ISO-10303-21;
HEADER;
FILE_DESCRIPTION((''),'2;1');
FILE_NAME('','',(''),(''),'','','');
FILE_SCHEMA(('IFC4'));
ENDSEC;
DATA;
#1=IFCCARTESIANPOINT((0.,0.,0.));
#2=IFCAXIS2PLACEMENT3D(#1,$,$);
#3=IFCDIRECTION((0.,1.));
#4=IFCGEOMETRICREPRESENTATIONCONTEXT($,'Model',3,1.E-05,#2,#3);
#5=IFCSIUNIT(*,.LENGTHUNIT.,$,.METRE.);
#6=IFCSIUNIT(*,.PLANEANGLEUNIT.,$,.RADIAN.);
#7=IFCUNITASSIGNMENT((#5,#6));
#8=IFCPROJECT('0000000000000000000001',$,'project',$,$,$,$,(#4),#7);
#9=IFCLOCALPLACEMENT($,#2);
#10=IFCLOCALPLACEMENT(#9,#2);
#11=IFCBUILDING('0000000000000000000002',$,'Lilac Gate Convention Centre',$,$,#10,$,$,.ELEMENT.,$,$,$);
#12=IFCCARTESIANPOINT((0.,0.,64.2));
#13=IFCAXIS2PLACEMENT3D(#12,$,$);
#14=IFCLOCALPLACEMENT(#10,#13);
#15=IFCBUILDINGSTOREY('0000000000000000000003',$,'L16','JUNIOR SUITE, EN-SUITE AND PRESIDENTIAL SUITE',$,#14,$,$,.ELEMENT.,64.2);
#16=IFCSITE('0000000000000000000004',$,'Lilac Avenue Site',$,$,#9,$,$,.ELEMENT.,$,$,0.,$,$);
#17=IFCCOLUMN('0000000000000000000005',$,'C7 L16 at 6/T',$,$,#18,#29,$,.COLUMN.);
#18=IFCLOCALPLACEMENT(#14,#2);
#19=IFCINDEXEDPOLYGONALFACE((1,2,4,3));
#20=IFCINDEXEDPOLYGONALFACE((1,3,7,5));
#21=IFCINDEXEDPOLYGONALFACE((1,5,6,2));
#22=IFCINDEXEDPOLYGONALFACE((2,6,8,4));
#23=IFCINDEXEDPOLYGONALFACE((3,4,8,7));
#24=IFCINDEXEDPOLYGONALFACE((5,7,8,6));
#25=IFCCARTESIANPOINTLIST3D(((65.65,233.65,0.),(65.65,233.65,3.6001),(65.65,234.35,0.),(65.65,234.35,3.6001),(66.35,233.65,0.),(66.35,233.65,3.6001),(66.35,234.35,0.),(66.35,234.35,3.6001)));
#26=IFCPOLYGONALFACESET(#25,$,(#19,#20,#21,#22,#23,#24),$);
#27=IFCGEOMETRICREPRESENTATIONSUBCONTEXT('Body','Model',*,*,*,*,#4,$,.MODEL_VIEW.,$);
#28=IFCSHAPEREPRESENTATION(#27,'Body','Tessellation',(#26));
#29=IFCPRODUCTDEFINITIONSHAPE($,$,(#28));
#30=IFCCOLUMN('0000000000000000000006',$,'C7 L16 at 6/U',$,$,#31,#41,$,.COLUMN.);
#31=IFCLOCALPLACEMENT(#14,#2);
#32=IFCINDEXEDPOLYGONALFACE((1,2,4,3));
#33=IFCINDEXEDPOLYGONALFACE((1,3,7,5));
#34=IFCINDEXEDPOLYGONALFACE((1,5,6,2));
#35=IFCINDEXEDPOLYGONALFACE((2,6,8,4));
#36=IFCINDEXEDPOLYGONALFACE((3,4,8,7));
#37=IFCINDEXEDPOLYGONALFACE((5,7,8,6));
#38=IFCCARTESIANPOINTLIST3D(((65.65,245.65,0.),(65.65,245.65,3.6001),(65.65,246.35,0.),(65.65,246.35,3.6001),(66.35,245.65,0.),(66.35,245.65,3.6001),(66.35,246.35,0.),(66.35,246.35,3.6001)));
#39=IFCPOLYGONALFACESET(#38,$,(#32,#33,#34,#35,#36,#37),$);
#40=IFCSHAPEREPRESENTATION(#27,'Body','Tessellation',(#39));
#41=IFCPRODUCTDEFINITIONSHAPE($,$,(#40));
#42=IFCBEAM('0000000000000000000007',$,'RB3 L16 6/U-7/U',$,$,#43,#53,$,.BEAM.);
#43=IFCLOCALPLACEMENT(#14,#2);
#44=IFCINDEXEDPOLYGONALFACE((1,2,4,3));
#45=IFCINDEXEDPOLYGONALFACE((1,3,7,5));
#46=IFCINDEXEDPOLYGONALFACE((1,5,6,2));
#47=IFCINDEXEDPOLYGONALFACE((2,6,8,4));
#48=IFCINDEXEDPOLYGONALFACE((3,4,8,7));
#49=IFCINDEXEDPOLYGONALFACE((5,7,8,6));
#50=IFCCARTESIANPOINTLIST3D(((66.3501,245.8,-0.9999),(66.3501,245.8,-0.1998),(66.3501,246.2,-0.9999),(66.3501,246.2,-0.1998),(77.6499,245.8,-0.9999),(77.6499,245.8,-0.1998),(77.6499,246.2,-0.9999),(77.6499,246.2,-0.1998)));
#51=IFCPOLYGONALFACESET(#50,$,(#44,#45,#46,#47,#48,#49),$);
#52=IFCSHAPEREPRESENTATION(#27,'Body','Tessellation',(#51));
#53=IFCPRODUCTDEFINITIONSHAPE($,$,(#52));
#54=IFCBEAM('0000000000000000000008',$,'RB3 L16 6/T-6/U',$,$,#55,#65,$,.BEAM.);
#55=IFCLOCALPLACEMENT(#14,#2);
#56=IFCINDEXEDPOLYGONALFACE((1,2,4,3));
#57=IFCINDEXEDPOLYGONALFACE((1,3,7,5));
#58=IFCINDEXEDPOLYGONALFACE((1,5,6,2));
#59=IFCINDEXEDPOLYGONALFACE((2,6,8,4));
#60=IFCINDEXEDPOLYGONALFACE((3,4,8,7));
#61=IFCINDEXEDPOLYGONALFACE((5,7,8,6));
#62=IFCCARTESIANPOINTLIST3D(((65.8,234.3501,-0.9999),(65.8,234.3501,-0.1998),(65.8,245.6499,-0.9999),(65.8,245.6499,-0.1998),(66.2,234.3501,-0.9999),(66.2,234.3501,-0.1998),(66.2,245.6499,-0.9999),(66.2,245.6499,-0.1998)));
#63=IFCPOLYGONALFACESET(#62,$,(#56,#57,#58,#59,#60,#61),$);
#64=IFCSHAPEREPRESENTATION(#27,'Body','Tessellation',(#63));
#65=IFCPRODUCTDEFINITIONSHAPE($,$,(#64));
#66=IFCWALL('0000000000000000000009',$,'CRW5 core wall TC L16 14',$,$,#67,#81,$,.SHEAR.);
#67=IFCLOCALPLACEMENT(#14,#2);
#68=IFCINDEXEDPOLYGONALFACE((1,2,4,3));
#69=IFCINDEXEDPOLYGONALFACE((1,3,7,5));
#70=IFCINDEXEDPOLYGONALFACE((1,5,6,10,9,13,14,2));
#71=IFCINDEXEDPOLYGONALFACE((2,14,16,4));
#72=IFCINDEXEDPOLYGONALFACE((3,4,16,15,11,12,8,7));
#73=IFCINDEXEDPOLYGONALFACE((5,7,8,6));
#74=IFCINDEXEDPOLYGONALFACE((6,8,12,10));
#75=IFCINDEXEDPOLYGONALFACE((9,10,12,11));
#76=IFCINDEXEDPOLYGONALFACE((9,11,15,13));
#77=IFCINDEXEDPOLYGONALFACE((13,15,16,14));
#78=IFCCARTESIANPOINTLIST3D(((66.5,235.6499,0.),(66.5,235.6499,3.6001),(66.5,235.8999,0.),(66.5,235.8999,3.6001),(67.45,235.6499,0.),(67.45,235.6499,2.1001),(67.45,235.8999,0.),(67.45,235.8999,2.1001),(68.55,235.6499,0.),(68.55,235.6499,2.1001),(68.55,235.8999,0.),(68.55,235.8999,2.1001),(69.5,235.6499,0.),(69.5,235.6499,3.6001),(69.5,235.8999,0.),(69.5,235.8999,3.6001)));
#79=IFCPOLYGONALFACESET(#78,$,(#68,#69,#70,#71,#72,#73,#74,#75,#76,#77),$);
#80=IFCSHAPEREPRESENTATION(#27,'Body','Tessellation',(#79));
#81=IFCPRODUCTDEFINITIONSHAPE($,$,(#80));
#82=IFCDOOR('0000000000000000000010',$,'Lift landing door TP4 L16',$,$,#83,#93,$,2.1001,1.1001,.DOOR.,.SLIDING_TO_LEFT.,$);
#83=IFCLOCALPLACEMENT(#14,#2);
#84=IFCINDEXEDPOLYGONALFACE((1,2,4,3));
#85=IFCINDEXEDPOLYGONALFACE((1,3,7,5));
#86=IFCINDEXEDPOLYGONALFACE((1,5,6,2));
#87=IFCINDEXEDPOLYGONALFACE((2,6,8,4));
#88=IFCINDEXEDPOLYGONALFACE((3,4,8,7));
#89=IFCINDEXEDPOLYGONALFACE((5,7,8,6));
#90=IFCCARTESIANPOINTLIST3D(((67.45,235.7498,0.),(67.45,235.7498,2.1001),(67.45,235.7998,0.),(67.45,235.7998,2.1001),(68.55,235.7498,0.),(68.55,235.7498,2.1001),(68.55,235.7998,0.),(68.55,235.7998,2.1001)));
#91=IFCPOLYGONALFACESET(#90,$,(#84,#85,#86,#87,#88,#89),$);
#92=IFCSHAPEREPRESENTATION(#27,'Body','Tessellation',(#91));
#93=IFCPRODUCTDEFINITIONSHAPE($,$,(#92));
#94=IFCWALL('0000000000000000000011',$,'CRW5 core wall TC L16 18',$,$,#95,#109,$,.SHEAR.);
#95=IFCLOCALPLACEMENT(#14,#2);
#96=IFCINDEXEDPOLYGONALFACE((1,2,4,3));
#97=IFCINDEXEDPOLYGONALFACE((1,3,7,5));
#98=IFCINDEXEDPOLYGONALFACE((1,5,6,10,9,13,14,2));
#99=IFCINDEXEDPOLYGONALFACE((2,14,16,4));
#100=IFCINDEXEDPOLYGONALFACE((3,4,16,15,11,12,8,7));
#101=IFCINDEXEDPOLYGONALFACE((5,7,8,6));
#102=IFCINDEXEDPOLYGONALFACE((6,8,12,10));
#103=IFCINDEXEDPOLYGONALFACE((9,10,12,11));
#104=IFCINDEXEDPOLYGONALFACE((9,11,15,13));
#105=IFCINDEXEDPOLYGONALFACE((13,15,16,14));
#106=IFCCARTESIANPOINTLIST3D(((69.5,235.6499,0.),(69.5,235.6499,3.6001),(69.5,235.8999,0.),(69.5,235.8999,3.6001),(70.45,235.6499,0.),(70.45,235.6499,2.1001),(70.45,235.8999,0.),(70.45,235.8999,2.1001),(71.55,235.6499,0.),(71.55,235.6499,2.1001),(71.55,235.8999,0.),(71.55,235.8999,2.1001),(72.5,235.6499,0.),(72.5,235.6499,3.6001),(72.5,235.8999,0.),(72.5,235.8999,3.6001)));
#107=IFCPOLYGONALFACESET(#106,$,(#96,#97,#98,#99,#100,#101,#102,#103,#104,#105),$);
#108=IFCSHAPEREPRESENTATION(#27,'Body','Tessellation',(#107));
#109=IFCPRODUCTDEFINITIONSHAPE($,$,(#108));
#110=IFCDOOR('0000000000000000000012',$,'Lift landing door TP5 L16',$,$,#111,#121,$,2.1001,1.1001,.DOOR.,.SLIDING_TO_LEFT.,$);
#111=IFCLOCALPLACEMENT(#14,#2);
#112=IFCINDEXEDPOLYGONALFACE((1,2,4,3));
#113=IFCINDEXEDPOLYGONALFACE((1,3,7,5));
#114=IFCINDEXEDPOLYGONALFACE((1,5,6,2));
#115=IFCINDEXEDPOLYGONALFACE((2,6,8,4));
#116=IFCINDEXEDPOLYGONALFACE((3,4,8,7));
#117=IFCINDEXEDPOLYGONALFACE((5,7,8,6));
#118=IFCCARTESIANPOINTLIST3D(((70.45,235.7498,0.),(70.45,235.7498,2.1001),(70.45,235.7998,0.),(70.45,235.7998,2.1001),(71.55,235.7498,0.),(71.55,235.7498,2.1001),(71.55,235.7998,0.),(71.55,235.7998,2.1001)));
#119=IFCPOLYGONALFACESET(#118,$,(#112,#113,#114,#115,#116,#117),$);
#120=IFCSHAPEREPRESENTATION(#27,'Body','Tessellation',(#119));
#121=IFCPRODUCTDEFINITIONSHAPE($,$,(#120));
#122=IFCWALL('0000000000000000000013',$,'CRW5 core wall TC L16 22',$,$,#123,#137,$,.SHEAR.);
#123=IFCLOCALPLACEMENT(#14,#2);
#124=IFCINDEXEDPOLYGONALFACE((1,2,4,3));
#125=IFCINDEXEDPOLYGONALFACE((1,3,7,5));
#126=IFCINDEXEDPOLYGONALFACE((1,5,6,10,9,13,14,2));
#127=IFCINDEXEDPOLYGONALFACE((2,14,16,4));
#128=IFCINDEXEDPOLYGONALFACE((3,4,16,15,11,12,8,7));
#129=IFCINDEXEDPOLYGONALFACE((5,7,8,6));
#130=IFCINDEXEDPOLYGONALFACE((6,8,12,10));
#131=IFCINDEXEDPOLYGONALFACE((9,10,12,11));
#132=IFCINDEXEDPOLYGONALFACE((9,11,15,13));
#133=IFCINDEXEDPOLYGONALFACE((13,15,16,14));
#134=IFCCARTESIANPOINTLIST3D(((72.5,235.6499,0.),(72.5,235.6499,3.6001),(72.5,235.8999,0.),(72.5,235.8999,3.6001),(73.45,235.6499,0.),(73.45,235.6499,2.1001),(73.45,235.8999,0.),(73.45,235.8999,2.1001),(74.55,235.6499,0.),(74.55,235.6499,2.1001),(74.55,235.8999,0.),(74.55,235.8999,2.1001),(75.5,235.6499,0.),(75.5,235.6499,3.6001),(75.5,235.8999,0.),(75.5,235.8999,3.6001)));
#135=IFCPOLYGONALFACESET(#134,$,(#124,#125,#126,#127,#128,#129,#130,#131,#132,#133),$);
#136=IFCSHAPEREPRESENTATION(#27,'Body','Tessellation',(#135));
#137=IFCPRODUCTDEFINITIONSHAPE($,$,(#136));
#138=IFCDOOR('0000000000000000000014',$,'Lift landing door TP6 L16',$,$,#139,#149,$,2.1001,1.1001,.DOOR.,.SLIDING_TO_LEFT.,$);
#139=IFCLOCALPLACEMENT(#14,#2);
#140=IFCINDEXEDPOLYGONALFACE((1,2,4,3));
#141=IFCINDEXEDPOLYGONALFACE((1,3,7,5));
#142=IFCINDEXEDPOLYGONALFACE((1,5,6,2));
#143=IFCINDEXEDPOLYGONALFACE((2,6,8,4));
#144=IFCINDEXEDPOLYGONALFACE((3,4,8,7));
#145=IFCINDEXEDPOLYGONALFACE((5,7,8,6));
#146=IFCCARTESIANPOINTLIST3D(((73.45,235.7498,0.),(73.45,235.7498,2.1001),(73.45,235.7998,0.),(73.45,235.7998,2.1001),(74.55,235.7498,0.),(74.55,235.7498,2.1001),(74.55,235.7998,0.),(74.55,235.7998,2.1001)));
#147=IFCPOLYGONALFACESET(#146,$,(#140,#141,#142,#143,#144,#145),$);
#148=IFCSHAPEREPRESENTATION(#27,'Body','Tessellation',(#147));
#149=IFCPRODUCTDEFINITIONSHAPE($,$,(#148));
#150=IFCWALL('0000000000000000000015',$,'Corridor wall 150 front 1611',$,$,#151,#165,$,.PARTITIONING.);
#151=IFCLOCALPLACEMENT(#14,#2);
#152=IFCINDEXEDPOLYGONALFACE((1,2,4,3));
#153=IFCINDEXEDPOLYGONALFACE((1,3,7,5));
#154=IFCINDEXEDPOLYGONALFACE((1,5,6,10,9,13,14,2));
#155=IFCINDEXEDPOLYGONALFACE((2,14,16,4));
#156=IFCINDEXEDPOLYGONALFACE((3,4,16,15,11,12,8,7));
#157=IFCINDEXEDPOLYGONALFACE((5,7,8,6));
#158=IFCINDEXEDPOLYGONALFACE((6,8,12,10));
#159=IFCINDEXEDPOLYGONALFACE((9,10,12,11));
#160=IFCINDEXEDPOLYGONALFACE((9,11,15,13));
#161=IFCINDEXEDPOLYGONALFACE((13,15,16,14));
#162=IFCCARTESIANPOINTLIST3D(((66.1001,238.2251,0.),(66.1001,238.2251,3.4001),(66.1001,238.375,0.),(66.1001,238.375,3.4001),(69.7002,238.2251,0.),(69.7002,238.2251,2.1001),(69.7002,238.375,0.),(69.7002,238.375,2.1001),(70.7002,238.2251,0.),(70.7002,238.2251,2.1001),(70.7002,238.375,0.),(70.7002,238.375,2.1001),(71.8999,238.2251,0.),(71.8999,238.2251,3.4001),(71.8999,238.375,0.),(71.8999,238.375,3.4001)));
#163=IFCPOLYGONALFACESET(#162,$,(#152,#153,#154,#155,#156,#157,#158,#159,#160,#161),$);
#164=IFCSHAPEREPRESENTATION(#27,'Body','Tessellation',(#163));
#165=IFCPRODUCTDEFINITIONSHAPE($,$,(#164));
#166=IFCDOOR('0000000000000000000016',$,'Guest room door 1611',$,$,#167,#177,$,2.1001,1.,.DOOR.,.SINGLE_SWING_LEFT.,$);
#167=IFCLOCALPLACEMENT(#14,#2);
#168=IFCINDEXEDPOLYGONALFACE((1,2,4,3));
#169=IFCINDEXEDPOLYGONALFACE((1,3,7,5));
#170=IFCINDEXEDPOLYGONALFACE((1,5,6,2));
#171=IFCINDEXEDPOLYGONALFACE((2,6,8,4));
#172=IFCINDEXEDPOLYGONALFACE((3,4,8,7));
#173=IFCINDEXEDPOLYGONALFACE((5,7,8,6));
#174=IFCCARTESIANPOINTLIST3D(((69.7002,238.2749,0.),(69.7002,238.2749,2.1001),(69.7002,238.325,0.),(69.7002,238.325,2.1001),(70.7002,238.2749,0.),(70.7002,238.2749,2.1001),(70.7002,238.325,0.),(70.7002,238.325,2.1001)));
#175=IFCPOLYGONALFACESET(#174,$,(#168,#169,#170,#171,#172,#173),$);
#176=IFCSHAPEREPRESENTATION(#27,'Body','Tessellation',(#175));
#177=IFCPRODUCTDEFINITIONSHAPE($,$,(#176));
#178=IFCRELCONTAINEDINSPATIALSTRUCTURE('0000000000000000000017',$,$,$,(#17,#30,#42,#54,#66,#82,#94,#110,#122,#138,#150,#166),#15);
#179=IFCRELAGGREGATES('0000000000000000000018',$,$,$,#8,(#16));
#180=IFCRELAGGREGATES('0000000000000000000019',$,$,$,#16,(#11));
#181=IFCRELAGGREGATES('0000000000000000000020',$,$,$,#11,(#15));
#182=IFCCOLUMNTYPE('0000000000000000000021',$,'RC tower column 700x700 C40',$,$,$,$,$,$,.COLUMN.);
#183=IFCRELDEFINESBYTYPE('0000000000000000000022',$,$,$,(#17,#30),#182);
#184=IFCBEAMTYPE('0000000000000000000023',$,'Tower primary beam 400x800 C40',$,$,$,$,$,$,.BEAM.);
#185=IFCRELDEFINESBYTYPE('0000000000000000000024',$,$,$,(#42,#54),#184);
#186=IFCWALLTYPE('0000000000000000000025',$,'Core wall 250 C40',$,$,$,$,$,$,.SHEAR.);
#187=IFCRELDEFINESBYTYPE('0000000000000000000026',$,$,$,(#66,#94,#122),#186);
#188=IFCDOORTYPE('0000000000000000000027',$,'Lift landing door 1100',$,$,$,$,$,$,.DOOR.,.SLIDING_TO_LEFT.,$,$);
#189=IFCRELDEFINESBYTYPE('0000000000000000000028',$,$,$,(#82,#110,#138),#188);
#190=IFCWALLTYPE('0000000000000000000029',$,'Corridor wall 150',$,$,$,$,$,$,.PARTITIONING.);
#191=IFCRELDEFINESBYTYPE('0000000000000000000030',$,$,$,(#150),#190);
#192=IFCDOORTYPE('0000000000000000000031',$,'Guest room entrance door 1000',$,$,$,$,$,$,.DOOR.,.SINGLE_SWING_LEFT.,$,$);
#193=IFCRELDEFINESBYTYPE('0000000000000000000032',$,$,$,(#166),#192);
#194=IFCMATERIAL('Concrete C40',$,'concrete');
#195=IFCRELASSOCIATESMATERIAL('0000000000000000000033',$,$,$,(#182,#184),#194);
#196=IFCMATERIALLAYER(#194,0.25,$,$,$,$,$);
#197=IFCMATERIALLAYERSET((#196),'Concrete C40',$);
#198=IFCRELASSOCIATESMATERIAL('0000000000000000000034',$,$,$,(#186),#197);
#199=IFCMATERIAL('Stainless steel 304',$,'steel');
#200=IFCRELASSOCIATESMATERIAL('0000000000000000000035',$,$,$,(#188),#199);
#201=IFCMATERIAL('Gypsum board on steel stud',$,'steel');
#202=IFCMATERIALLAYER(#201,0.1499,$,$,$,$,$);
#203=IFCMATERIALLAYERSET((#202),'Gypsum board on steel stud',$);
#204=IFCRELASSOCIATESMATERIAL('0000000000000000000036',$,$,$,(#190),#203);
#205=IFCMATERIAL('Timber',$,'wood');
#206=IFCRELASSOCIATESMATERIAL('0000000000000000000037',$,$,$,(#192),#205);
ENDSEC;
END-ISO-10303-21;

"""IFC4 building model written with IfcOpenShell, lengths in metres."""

from ifc_helpers import new_model, si_unit, direction, frame, frame_2d, origin, origin_2d, place, context, subcontext, project, spatial, rectangle, extrude, material, layer, layer_set, material_profile, profile_set, type_object, element, fill, save


model = new_model("IFC4")

# Units and contexts
model_context = context("Model", 3, precision=1e-05, world=origin(), true_north=direction((0.0, 1.0)))
body_context = subcontext(model_context, "Body", "Model", "MODEL_VIEW")
ifc_project = project(units=[si_unit("LENGTHUNIT", "METRE"), si_unit("PLANEANGLEUNIT", "RADIAN")], contexts=[model_context])

# Site, building, storey
site_placement = place(None, origin())
site = spatial("IfcSite", under=ifc_project, at=site_placement, Name="Lilac Avenue Site", CompositionType="ELEMENT", RefElevation=0.0)
building_placement = place(site_placement, origin())
building = spatial("IfcBuilding", under=site, at=building_placement, Name="Lilac Gate Convention Centre", CompositionType="ELEMENT")
storey_placement = place(building_placement, frame((0.0, 0.0, 64.2)))
storey = spatial("IfcBuildingStorey", under=building, at=storey_placement, Name="L16", Description="JUNIOR SUITE, EN-SUITE AND PRESIDENTIAL SUITE", CompositionType="ELEMENT", Elevation=64.2)

# Columns
ifc_material_1 = material(Name="Concrete C40", Category="concrete")
ifc_material_profile_1 = material_profile(ifc_material_1, rectangle(XDim=0.7, YDim=0.7, at=origin_2d()), Name="RC 700x700")
ifc_profile_set_1 = profile_set([ifc_material_profile_1], Name="Concrete C40")
column_type = type_object("IfcColumnType", Name="RC tower column 700x700 C40", PredefinedType="COLUMN", material=ifc_profile_set_1)
for number, where, z_axis, x_axis, name in (
    (1, (66.0, 234.0, 0.0), (0.0, 0.0, 1.0), (1.0, 0.0, 0.0), "C7 L16 at 6/T"),
    (2, (66.0, 246.0, 0.0), (0.0, 0.0, 1.0), (1.0, 0.0, 0.0), "C7 L16 at 6/U"),
):
    element("IfcColumn", number, at=place(storey_placement, frame(where, z_axis=z_axis, x_axis=x_axis)), inside=storey, type_object=column_type, Name=name, PredefinedType="COLUMN", context=body_context, shape_type="SweptSolid", body=[
        extrude(rectangle(XDim=0.7, YDim=0.7, at=origin_2d()), origin(), (0.0, 0.0, 1.0), 3.6001),
    ])

# Beams
ifc_material_profile_2 = material_profile(ifc_material_1, rectangle(XDim=0.3999, YDim=0.8, at=origin_2d()), Name="RC 400x800")
ifc_profile_set_2 = profile_set([ifc_material_profile_2], Name="Concrete C40")
beam_type = type_object("IfcBeamType", Name="Tower primary beam 400x800 C40", PredefinedType="BEAM", material=ifc_profile_set_2)
for number, where, z_axis, x_axis, name in (
    (3, (66.3501, 246.0, -0.5999), (1.0, 0.0, 0.0), (0.0, 1.0, 0.0), "RB3 L16 6/U-7/U"),
    (4, (66.0, 234.3501, -0.5999), (0.0, 1.0, 0.0), (-1.0, 0.0, 0.0), "RB3 L16 6/T-6/U"),
):
    element("IfcBeam", number, at=place(storey_placement, frame(where, z_axis=z_axis, x_axis=x_axis)), inside=storey, type_object=beam_type, Name=name, PredefinedType="BEAM", context=body_context, shape_type="SweptSolid", body=[
        extrude(rectangle(XDim=0.3999, YDim=0.8, at=origin_2d()), origin(), (0.0, 0.0, 1.0), 11.2998),
    ])

# Walls, openings, doors
ifc_layer_1 = layer(ifc_material_1, 0.25)
ifc_layer_set_1 = layer_set([ifc_layer_1], Name="Concrete C40")
wall_type_1 = type_object("IfcWallType", Name="Core wall 250 C40", PredefinedType="SHEAR", material=ifc_layer_set_1)
wall_1_placement = place(storey_placement, frame((66.5, 235.7749, 0.0), z_axis=(0.0, 0.0, 1.0), x_axis=(1.0, 0.0, 0.0)))
wall_1 = element("IfcWall", 5, at=wall_1_placement, inside=storey, type_object=wall_type_1, Name="CRW5 core wall TC L16 14", PredefinedType="SHEAR", context=body_context, shape_type="SweptSolid", body=[
    extrude(rectangle(XDim=3.0, YDim=0.25, at=frame_2d((1.5, 0.0))), origin(), (0.0, 0.0, 1.0), 3.6001),
])
opening_1_placement = place(wall_1_placement, frame((0.95, 0.0, 0.0)))
opening_1 = element("IfcOpeningElement", 6, at=opening_1_placement, cuts=wall_1, PredefinedType="OPENING", context=body_context, shape_type="SweptSolid", body=[
    extrude(rectangle(XDim=1.1001, YDim=2.1001, at=frame_2d((0.55, 1.05))), frame((0.0, 0.135, 0.0), z_axis=(0.0, -1.0, 0.0), x_axis=(1.0, 0.0, 0.0)), (0.0, 0.0, 1.0), 0.27),
])
ifc_material_2 = material(Name="Stainless steel 304", Category="steel")
door_type_1 = type_object("IfcDoorType", Name="Lift landing door 1100", OperationType="SLIDING_TO_LEFT", PredefinedType="DOOR", material=ifc_material_2)
door_1_placement = place(opening_1_placement, origin())
door_1 = element("IfcDoor", 7, at=door_1_placement, inside=storey, type_object=door_type_1, Name="Lift landing door TP4 L16", OperationType="SLIDING_TO_LEFT", OverallHeight=2.1001, OverallWidth=1.1001, PredefinedType="DOOR", context=body_context, shape_type="SweptSolid", body=[
    extrude(rectangle(XDim=1.1001, YDim=2.1001, at=frame_2d((0.55, 1.05))), frame((0.0, 0.0249, 0.0), z_axis=(0.0, -1.0, 0.0), x_axis=(1.0, 0.0, 0.0)), (0.0, 0.0, 1.0), 0.05),
])
fill(opening_1, door_1)
wall_2_placement = place(storey_placement, frame((69.5, 235.7749, 0.0), z_axis=(0.0, 0.0, 1.0), x_axis=(1.0, 0.0, 0.0)))
wall_2 = element("IfcWall", 8, at=wall_2_placement, inside=storey, type_object=wall_type_1, Name="CRW5 core wall TC L16 18", PredefinedType="SHEAR", context=body_context, shape_type="SweptSolid", body=[
    extrude(rectangle(XDim=3.0, YDim=0.25, at=frame_2d((1.5, 0.0))), origin(), (0.0, 0.0, 1.0), 3.6001),
])
opening_2_placement = place(wall_2_placement, frame((0.95, 0.0, 0.0)))
opening_2 = element("IfcOpeningElement", 9, at=opening_2_placement, cuts=wall_2, PredefinedType="OPENING", context=body_context, shape_type="SweptSolid", body=[
    extrude(rectangle(XDim=1.1001, YDim=2.1001, at=frame_2d((0.55, 1.05))), frame((0.0, 0.135, 0.0), z_axis=(0.0, -1.0, 0.0), x_axis=(1.0, 0.0, 0.0)), (0.0, 0.0, 1.0), 0.27),
])
door_2_placement = place(opening_2_placement, origin())
door_2 = element("IfcDoor", 10, at=door_2_placement, inside=storey, type_object=door_type_1, Name="Lift landing door TP5 L16", OperationType="SLIDING_TO_LEFT", OverallHeight=2.1001, OverallWidth=1.1001, PredefinedType="DOOR", context=body_context, shape_type="SweptSolid", body=[
    extrude(rectangle(XDim=1.1001, YDim=2.1001, at=frame_2d((0.55, 1.05))), frame((0.0, 0.0249, 0.0), z_axis=(0.0, -1.0, 0.0), x_axis=(1.0, 0.0, 0.0)), (0.0, 0.0, 1.0), 0.05),
])
fill(opening_2, door_2)
wall_3_placement = place(storey_placement, frame((72.5, 235.7749, 0.0), z_axis=(0.0, 0.0, 1.0), x_axis=(1.0, 0.0, 0.0)))
wall_3 = element("IfcWall", 11, at=wall_3_placement, inside=storey, type_object=wall_type_1, Name="CRW5 core wall TC L16 22", PredefinedType="SHEAR", context=body_context, shape_type="SweptSolid", body=[
    extrude(rectangle(XDim=3.0, YDim=0.25, at=frame_2d((1.5, 0.0))), origin(), (0.0, 0.0, 1.0), 3.6001),
])
opening_3_placement = place(wall_3_placement, frame((0.95, 0.0, 0.0)))
opening_3 = element("IfcOpeningElement", 12, at=opening_3_placement, cuts=wall_3, PredefinedType="OPENING", context=body_context, shape_type="SweptSolid", body=[
    extrude(rectangle(XDim=1.1001, YDim=2.1001, at=frame_2d((0.55, 1.05))), frame((0.0, 0.135, 0.0), z_axis=(0.0, -1.0, 0.0), x_axis=(1.0, 0.0, 0.0)), (0.0, 0.0, 1.0), 0.27),
])
door_3_placement = place(opening_3_placement, origin())
door_3 = element("IfcDoor", 13, at=door_3_placement, inside=storey, type_object=door_type_1, Name="Lift landing door TP6 L16", OperationType="SLIDING_TO_LEFT", OverallHeight=2.1001, OverallWidth=1.1001, PredefinedType="DOOR", context=body_context, shape_type="SweptSolid", body=[
    extrude(rectangle(XDim=1.1001, YDim=2.1001, at=frame_2d((0.55, 1.05))), frame((0.0, 0.0249, 0.0), z_axis=(0.0, -1.0, 0.0), x_axis=(1.0, 0.0, 0.0)), (0.0, 0.0, 1.0), 0.05),
])
fill(opening_3, door_3)
ifc_material_3 = material(Name="Gypsum board on steel stud", Category="steel")
ifc_layer_2 = layer(ifc_material_3, 0.1499)
ifc_layer_set_2 = layer_set([ifc_layer_2], Name="Gypsum board on steel stud")
wall_type_2 = type_object("IfcWallType", Name="Corridor wall 150", PredefinedType="PARTITIONING", material=ifc_layer_set_2)
wall_4_placement = place(storey_placement, frame((66.1001, 238.3, 0.0), z_axis=(0.0, 0.0, 1.0), x_axis=(1.0, 0.0, 0.0)))
wall_4 = element("IfcWall", 14, at=wall_4_placement, inside=storey, type_object=wall_type_2, Name="Corridor wall 150 front 1611", PredefinedType="PARTITIONING", context=body_context, shape_type="SweptSolid", body=[
    extrude(rectangle(XDim=5.7998, YDim=0.1499, at=frame_2d((2.8999, 0.0))), origin(), (0.0, 0.0, 1.0), 3.4001),
])
opening_4_placement = place(wall_4_placement, frame((3.6001, 0.0, 0.0)))
opening_4 = element("IfcOpeningElement", 15, at=opening_4_placement, cuts=wall_4, PredefinedType="OPENING", context=body_context, shape_type="SweptSolid", body=[
    extrude(rectangle(XDim=1.0, YDim=2.1001, at=frame_2d((0.5, 1.05))), frame((0.0, 0.085, 0.0), z_axis=(0.0, -1.0, 0.0), x_axis=(1.0, 0.0, 0.0)), (0.0, 0.0, 1.0), 0.1699),
])
ifc_material_4 = material(Name="Timber", Category="wood")
door_type_2 = type_object("IfcDoorType", Name="Guest room entrance door 1000", OperationType="SINGLE_SWING_LEFT", PredefinedType="DOOR", material=ifc_material_4)
door_4_placement = place(opening_4_placement, origin())
door_4 = element("IfcDoor", 16, at=door_4_placement, inside=storey, type_object=door_type_2, Name="Guest room door 1611", OperationType="SINGLE_SWING_LEFT", OverallHeight=2.1001, OverallWidth=1.0, PredefinedType="DOOR", context=body_context, shape_type="SweptSolid", body=[
    extrude(rectangle(XDim=1.0, YDim=2.1001, at=frame_2d((0.5, 1.05))), frame((0.0, 0.0249, 0.0), z_axis=(0.0, -1.0, 0.0), x_axis=(1.0, 0.0, 0.0)), (0.0, 0.0, 1.0), 0.05),
])
fill(opening_4, door_4)

save(model, "model.ifc")
